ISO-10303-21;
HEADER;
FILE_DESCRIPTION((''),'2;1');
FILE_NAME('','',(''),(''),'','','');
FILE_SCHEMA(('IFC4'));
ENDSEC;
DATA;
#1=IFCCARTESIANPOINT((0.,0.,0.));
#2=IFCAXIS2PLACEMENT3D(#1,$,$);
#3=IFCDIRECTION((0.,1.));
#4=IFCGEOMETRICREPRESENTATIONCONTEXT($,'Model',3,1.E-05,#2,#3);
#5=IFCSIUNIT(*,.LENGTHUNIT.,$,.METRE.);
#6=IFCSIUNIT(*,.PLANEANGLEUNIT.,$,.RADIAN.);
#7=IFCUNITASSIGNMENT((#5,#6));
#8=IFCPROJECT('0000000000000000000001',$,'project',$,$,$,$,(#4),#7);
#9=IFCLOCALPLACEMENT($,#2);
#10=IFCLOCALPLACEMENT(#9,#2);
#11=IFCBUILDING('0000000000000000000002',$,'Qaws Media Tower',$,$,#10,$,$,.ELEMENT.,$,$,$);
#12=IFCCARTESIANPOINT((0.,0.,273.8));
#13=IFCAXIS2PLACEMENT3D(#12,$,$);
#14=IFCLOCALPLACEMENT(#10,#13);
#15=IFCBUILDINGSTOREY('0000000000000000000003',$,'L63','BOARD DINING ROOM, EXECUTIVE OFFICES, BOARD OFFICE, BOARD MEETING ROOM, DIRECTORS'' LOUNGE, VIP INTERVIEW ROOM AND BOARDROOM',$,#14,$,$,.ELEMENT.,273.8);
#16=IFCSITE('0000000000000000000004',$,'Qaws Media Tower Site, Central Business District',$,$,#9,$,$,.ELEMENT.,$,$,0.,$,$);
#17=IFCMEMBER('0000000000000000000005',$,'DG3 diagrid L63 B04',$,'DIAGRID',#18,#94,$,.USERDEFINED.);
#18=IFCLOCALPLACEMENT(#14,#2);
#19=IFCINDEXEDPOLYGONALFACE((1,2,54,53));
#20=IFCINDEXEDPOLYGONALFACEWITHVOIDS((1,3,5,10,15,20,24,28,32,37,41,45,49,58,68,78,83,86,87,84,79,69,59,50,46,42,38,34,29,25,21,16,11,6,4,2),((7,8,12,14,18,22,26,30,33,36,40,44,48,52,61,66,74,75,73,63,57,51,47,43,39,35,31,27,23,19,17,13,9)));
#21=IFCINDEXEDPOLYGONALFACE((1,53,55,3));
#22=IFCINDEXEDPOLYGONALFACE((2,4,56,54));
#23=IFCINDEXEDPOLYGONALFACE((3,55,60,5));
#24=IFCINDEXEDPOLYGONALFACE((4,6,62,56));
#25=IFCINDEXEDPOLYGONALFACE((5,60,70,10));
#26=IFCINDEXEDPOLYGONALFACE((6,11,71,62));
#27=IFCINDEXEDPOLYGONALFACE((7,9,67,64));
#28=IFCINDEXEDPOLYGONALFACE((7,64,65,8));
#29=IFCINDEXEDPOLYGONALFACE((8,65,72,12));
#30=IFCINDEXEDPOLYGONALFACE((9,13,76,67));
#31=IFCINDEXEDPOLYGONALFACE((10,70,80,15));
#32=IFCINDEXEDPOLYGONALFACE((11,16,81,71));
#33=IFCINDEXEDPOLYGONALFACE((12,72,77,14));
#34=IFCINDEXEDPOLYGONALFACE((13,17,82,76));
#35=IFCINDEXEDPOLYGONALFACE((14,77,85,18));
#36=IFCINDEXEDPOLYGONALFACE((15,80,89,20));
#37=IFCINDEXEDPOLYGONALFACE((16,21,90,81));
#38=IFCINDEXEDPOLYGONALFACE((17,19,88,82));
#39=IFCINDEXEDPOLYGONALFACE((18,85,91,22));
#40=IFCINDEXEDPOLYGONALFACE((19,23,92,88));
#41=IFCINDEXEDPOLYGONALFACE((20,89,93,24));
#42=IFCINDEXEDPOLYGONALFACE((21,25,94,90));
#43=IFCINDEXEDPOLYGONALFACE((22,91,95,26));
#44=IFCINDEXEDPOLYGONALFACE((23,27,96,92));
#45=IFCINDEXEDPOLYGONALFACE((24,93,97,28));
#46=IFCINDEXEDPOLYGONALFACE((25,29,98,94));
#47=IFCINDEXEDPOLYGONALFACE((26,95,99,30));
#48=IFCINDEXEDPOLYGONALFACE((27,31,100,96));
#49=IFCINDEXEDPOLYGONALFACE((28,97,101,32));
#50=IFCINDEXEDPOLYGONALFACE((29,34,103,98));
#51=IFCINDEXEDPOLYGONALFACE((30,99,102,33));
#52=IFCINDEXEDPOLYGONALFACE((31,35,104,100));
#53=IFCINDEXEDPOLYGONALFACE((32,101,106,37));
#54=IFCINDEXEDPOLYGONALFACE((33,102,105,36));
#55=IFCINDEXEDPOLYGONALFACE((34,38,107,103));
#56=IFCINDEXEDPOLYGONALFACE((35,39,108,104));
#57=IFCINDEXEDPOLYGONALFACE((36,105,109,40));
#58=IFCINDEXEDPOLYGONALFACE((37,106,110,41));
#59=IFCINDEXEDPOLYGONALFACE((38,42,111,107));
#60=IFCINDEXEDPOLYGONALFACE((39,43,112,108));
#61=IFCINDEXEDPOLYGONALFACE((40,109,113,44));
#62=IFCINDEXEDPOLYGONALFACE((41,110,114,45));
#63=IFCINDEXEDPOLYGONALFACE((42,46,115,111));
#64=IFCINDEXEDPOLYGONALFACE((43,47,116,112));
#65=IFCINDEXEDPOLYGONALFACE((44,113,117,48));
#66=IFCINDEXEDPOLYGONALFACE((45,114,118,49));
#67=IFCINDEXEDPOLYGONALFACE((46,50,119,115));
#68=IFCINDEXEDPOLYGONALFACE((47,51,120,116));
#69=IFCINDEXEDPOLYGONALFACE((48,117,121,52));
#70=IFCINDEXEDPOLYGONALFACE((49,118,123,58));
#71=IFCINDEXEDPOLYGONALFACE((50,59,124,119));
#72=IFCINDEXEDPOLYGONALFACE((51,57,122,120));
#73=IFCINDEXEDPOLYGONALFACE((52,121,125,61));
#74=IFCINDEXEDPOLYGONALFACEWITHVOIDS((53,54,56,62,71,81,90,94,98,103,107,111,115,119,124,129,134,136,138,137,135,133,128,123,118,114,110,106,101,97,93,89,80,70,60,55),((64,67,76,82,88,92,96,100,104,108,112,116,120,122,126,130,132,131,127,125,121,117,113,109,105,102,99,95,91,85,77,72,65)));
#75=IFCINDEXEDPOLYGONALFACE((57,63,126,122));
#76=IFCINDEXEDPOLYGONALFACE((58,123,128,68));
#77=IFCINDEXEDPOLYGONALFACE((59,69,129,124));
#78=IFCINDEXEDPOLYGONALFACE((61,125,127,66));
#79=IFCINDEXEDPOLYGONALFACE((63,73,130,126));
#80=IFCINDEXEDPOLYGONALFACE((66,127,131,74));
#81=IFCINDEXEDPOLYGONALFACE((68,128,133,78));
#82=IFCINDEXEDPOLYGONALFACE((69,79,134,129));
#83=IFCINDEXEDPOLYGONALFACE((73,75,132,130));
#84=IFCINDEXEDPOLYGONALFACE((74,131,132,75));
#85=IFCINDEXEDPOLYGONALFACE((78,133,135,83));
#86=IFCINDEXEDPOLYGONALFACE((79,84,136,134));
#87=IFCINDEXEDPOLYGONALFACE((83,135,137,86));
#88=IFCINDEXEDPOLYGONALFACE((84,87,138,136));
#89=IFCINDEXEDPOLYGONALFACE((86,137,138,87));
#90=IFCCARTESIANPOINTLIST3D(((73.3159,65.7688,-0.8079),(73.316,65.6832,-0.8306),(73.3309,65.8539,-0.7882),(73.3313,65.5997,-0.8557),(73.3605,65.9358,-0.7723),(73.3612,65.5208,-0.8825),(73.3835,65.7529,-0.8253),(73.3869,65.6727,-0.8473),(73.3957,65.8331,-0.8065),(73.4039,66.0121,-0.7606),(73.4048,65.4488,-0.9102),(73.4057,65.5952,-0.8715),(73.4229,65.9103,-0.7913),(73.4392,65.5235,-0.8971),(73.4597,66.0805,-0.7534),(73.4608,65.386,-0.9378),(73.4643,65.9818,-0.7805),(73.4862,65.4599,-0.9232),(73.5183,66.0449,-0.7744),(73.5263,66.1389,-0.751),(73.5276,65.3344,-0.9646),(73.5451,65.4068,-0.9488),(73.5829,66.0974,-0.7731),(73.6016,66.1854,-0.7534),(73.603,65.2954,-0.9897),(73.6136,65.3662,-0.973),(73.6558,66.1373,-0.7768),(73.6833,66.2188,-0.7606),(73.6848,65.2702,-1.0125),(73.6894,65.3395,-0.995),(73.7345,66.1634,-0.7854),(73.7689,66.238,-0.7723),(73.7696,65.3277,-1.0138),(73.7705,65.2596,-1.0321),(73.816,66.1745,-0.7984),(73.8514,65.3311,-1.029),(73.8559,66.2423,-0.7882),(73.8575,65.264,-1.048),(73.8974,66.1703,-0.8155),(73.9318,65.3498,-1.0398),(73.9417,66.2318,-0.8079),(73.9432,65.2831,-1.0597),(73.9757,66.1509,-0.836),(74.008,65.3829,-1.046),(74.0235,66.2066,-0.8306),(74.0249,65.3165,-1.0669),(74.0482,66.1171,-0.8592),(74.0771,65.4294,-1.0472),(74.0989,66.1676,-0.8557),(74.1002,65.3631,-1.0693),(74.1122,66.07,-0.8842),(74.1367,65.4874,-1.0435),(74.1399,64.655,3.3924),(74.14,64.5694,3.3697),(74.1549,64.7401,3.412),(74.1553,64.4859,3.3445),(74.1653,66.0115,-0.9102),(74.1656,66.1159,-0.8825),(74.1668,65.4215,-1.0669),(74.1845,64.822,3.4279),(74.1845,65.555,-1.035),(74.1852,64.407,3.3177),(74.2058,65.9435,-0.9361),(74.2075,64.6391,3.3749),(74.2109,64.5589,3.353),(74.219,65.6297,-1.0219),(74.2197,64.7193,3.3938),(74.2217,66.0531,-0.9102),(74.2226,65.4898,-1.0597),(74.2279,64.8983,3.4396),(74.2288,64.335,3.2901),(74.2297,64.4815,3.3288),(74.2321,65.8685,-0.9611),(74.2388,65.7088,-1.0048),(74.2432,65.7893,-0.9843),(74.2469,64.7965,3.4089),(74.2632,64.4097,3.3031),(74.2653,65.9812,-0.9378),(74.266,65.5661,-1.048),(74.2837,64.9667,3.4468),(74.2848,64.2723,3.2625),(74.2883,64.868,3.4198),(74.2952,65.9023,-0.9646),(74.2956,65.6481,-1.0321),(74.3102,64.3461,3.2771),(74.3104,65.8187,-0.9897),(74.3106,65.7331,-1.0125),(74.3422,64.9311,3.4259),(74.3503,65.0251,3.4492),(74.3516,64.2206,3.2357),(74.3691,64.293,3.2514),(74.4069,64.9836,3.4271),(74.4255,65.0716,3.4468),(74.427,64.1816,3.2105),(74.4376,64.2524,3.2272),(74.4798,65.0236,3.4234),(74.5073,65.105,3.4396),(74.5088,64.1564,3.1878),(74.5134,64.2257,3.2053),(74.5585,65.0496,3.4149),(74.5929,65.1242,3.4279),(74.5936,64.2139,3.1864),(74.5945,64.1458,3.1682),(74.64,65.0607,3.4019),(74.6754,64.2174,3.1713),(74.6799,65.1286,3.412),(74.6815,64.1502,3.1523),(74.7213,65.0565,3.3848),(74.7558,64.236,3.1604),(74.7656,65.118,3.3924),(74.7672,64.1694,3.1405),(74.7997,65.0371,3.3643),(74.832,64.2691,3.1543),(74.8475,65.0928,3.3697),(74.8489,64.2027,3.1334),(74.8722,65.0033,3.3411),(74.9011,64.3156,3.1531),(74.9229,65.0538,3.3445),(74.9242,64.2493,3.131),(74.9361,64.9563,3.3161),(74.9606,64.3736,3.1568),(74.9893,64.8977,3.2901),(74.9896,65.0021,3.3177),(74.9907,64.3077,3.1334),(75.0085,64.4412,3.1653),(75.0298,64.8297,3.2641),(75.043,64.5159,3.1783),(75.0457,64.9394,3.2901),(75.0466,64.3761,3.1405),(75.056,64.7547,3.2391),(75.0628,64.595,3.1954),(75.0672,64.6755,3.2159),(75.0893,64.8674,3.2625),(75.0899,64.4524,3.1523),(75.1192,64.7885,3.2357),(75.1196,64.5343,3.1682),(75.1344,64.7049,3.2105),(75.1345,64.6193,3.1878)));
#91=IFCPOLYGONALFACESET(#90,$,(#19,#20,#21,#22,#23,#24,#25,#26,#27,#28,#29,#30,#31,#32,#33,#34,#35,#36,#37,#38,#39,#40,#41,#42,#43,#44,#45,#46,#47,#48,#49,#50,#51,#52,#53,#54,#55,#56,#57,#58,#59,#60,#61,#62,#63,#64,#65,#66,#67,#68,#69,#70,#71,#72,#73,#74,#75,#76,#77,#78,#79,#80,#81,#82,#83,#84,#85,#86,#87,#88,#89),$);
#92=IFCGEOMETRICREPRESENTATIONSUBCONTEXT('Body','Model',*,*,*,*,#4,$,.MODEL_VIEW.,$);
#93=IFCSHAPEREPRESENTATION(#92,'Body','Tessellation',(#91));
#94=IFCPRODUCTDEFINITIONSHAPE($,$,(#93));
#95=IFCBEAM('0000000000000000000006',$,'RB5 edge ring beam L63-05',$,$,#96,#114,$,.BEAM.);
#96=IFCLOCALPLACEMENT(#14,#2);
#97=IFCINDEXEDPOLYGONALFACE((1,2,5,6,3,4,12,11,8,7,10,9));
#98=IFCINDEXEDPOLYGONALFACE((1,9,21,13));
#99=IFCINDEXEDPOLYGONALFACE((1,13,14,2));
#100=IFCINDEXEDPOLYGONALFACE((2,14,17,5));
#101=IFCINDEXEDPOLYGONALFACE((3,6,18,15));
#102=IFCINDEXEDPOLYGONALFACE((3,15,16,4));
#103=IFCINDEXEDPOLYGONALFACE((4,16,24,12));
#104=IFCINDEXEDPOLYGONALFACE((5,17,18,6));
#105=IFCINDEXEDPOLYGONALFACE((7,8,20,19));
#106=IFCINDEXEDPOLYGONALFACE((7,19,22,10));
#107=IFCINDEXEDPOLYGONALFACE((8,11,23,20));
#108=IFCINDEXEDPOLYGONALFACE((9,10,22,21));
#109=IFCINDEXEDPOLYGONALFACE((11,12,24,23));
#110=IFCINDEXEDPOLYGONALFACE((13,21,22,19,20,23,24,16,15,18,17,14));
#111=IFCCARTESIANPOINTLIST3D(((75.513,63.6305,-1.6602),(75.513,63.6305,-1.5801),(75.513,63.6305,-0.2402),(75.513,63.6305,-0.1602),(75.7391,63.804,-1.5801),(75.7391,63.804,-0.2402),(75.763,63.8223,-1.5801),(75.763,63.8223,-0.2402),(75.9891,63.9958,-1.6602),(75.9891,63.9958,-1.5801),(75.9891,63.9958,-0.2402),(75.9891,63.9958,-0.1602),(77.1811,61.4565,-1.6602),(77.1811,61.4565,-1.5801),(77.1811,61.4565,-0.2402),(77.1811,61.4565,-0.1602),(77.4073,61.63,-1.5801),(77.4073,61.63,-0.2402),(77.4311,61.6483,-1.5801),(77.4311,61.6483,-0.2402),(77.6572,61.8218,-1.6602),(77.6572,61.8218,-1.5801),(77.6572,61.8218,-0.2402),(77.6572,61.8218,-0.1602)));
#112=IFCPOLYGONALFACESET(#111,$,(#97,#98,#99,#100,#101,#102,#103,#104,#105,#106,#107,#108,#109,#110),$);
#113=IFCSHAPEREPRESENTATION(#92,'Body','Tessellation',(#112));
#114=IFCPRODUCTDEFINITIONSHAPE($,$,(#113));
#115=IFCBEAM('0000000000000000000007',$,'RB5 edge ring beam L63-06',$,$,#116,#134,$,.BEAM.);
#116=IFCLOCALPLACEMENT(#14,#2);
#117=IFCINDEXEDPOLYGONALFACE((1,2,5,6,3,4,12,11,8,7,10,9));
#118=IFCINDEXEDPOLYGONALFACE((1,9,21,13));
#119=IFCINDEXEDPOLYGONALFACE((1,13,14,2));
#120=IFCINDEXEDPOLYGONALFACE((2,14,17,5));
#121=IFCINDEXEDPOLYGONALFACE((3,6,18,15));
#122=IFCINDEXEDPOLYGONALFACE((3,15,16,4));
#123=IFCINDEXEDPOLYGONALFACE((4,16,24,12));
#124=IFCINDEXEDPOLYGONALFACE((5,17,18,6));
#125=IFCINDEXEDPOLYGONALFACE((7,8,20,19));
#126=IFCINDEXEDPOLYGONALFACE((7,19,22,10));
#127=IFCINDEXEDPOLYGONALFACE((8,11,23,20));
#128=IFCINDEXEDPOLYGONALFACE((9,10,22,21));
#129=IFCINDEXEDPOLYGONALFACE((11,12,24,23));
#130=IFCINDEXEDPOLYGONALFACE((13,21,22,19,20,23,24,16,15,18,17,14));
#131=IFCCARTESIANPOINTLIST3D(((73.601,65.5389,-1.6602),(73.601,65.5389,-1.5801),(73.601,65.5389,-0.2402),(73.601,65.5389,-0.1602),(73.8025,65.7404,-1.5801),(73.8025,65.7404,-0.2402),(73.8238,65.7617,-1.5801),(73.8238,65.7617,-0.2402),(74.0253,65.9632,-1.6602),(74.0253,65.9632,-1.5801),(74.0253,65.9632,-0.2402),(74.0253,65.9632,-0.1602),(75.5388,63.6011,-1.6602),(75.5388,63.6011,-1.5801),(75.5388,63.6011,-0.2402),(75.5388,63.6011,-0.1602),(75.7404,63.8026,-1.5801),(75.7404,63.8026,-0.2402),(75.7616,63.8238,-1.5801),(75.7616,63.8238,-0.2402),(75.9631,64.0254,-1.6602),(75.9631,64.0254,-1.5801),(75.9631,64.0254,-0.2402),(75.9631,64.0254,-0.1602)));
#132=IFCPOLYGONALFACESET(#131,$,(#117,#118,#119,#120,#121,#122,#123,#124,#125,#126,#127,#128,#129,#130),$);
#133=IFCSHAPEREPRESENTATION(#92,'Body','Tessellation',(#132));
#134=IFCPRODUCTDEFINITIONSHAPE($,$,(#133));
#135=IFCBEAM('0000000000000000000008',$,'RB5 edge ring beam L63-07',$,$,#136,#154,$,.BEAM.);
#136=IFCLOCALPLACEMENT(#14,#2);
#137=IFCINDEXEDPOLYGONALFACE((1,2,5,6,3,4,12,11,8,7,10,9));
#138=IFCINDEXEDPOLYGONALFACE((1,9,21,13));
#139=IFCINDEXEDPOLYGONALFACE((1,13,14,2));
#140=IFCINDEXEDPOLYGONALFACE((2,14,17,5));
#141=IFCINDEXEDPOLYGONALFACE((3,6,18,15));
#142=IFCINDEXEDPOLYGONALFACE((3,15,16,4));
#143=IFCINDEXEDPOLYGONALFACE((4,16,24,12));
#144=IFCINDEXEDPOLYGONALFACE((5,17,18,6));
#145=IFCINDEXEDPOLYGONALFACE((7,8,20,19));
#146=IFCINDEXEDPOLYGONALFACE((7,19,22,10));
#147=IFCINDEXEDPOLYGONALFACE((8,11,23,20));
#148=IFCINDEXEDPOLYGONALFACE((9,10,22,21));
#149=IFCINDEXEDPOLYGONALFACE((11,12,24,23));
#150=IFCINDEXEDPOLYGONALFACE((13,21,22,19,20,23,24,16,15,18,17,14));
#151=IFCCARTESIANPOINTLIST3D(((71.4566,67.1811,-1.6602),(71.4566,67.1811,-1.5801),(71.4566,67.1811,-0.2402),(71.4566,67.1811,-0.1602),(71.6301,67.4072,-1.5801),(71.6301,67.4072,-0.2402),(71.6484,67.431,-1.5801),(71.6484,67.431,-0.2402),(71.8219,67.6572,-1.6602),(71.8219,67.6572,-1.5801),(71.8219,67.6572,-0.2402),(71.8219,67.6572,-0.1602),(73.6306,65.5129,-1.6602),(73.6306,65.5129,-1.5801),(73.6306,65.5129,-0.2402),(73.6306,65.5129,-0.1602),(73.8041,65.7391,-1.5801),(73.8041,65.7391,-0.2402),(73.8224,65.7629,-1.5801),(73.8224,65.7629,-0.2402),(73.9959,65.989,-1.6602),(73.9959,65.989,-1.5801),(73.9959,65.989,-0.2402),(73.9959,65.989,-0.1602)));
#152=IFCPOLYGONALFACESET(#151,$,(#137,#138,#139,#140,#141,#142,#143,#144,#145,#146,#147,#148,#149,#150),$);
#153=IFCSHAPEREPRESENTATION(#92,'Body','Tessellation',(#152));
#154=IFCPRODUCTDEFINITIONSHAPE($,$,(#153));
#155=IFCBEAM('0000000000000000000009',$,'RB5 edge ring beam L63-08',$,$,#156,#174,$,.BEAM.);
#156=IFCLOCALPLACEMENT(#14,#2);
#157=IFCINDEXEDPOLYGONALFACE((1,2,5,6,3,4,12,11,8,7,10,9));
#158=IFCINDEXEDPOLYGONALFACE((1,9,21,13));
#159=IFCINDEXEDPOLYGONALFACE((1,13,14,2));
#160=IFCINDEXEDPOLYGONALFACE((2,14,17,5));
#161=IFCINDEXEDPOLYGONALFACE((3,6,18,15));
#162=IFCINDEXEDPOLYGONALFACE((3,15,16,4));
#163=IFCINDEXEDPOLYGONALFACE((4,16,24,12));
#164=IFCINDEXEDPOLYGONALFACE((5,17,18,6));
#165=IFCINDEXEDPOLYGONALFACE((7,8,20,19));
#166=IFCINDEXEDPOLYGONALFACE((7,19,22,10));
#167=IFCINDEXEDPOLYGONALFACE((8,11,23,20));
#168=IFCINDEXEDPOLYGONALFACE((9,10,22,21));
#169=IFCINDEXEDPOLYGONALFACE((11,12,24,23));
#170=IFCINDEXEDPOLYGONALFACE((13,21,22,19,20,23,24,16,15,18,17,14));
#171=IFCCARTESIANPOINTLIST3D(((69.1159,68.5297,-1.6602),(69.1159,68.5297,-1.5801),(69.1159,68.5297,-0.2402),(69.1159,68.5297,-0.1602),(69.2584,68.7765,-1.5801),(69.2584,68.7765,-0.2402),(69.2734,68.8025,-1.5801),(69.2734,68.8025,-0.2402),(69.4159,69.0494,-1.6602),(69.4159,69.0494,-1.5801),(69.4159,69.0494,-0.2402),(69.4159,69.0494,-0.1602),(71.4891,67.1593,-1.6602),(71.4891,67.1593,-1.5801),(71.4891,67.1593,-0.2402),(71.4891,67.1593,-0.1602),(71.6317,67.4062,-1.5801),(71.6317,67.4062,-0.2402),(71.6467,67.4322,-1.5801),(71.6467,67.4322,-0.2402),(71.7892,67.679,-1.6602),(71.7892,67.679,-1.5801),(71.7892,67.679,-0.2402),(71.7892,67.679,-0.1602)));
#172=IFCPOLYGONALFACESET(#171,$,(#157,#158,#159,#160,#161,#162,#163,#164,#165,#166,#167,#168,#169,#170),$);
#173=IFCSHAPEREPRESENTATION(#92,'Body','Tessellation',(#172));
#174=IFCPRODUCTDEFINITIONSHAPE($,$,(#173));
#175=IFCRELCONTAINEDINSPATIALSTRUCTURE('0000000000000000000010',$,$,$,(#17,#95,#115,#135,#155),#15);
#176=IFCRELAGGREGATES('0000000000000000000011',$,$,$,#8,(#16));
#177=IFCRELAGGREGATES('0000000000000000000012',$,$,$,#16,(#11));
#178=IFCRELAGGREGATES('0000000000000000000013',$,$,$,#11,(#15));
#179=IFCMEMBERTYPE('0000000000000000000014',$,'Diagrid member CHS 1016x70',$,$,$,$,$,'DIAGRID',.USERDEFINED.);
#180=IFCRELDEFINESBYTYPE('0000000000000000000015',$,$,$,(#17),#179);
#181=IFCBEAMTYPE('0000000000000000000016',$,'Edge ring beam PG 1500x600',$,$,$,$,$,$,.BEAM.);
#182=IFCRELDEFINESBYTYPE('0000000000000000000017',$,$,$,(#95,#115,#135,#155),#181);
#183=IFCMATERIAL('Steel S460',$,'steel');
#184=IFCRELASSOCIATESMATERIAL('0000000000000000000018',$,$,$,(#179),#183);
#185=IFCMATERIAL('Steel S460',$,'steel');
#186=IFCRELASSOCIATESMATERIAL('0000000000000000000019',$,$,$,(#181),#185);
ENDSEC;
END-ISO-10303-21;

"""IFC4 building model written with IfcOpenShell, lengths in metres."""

from ifc_helpers import new_model, si_unit, direction, frame, origin, origin_2d, place, context, subcontext, project, spatial, hollow_circle, i_section, extrude, material, material_profile, profile_set, type_object, element, save


model = new_model("IFC4")

# Units and contexts
model_context = context("Model", 3, precision=1e-05, world=origin(), true_north=direction((0.0, 1.0)))
body_context = subcontext(model_context, "Body", "Model", "MODEL_VIEW")
ifc_project = project(units=[si_unit("LENGTHUNIT", "METRE"), si_unit("PLANEANGLEUNIT", "RADIAN")], contexts=[model_context])

# Site, building, storey
site_placement = place(None, origin())
site = spatial("IfcSite", under=ifc_project, at=site_placement, Name="Qaws Media Tower Site, Central Business District", CompositionType="ELEMENT", RefElevation=0.0)
building_placement = place(site_placement, origin())
building = spatial("IfcBuilding", under=site, at=building_placement, Name="Qaws Media Tower", CompositionType="ELEMENT")
storey_placement = place(building_placement, frame((0.0, 0.0, 273.8)))
storey = spatial("IfcBuildingStorey", under=building, at=storey_placement, Name="L63", Description="BOARD DINING ROOM, EXECUTIVE OFFICES, BOARD OFFICE, BOARD MEETING ROOM, DIRECTORS' LOUNGE, VIP INTERVIEW ROOM AND BOARDROOM", CompositionType="ELEMENT", Elevation=273.8)

# Member
ifc_material_1 = material(Name="Steel S460", Category="steel")
ifc_material_profile_1 = material_profile(ifc_material_1, hollow_circle(Radius=0.5081, WallThickness=0.0701, at=origin_2d()), Name="CHS 1016x70")
ifc_profile_set_1 = profile_set([ifc_material_profile_1], Name="Steel S460")
member_type_1 = type_object("IfcMemberType", Name="Diagrid member CHS 1016x70", ElementType="DIAGRID", PredefinedType="USERDEFINED", material=ifc_profile_set_1)
for number, where, z_axis, x_axis, name in (
    (1, (73.8132, 65.751, -0.9102), (0.186302, -0.251825, 0.949671), (0.803916, 0.594743, 0.0), "DG3 diagrid L63 B04"),
):
    element("IfcMember", number, at=place(storey_placement, frame(where, z_axis=z_axis, x_axis=x_axis)), inside=storey, type_object=member_type_1, Name=name, ObjectType="DIAGRID", PredefinedType="USERDEFINED", context=body_context, shape_type="SweptSolid", body=[
        extrude(hollow_circle(Radius=0.5081, WallThickness=0.0701, at=origin_2d()), origin(), (0.0, 0.0, 1.0), 4.4229),
    ])

# Beams
ifc_material_2 = material(Name="Steel S460", Category="steel")
ifc_material_profile_2 = material_profile(ifc_material_2, i_section(OverallWidth=0.6001, OverallDepth=1.5, WebThickness=0.03, FlangeThickness=0.0801, at=origin_2d()), Name="PG 1500x600")
ifc_profile_set_2 = profile_set([ifc_material_profile_2], Name="Steel S460")
beam_type_1 = type_object("IfcBeamType", Name="Edge ring beam PG 1500x600", PredefinedType="BEAM", material=ifc_profile_set_2)
beam_1_placement = place(storey_placement, frame((77.4192, 61.6392, -0.9102), z_axis=(-0.608759, 0.793355, 0.0), x_axis=(-0.793355, -0.608759, 0.0)))
element("IfcBeam", 2, at=beam_1_placement, inside=storey, type_object=beam_type_1, Name="RB5 edge ring beam L63-05", PredefinedType="BEAM", context=body_context, shape_type="SweptSolid", body=[
    extrude(i_section(OverallWidth=0.6001, OverallDepth=1.5, WebThickness=0.03, FlangeThickness=0.0801, at=origin_2d()), origin(), (0.0, 0.0, 1.0), 2.7402),
])
beam_2_placement = place(storey_placement, frame((75.751, 63.8132, -0.9102), z_axis=(-0.707107, 0.707107, 0.0), x_axis=(-0.707107, -0.707107, 0.0)))
element("IfcBeam", 3, at=beam_2_placement, inside=storey, type_object=beam_type_1, Name="RB5 edge ring beam L63-06", PredefinedType="BEAM", context=body_context, shape_type="SweptSolid", body=[
    extrude(i_section(OverallWidth=0.6001, OverallDepth=1.5, WebThickness=0.03, FlangeThickness=0.0801, at=origin_2d()), origin(), (0.0, 0.0, 1.0), 2.7405),
])
beam_3_placement = place(storey_placement, frame((73.8132, 65.751, -0.9102), z_axis=(-0.793355, 0.608759, 0.0), x_axis=(-0.608759, -0.793355, 0.0)))
element("IfcBeam", 4, at=beam_3_placement, inside=storey, type_object=beam_type_1, Name="RB5 edge ring beam L63-07", PredefinedType="BEAM", context=body_context, shape_type="SweptSolid", body=[
    extrude(i_section(OverallWidth=0.6001, OverallDepth=1.5, WebThickness=0.03, FlangeThickness=0.0801, at=origin_2d()), origin(), (0.0, 0.0, 1.0), 2.7402),
])
beam_4_placement = place(storey_placement, frame((71.6392, 67.4192, -0.9102), z_axis=(-0.866003, 0.500039, 0.0), x_axis=(-0.500039, -0.866003, 0.0)))
element("IfcBeam", 5, at=beam_4_placement, inside=storey, type_object=beam_type_1, Name="RB5 edge ring beam L63-08", PredefinedType="BEAM", context=body_context, shape_type="SweptSolid", body=[
    extrude(i_section(OverallWidth=0.6001, OverallDepth=1.5, WebThickness=0.03, FlangeThickness=0.0801, at=origin_2d()), origin(), (0.0, 0.0, 1.0), 2.7405),
])

save(model, "model.ifc")
